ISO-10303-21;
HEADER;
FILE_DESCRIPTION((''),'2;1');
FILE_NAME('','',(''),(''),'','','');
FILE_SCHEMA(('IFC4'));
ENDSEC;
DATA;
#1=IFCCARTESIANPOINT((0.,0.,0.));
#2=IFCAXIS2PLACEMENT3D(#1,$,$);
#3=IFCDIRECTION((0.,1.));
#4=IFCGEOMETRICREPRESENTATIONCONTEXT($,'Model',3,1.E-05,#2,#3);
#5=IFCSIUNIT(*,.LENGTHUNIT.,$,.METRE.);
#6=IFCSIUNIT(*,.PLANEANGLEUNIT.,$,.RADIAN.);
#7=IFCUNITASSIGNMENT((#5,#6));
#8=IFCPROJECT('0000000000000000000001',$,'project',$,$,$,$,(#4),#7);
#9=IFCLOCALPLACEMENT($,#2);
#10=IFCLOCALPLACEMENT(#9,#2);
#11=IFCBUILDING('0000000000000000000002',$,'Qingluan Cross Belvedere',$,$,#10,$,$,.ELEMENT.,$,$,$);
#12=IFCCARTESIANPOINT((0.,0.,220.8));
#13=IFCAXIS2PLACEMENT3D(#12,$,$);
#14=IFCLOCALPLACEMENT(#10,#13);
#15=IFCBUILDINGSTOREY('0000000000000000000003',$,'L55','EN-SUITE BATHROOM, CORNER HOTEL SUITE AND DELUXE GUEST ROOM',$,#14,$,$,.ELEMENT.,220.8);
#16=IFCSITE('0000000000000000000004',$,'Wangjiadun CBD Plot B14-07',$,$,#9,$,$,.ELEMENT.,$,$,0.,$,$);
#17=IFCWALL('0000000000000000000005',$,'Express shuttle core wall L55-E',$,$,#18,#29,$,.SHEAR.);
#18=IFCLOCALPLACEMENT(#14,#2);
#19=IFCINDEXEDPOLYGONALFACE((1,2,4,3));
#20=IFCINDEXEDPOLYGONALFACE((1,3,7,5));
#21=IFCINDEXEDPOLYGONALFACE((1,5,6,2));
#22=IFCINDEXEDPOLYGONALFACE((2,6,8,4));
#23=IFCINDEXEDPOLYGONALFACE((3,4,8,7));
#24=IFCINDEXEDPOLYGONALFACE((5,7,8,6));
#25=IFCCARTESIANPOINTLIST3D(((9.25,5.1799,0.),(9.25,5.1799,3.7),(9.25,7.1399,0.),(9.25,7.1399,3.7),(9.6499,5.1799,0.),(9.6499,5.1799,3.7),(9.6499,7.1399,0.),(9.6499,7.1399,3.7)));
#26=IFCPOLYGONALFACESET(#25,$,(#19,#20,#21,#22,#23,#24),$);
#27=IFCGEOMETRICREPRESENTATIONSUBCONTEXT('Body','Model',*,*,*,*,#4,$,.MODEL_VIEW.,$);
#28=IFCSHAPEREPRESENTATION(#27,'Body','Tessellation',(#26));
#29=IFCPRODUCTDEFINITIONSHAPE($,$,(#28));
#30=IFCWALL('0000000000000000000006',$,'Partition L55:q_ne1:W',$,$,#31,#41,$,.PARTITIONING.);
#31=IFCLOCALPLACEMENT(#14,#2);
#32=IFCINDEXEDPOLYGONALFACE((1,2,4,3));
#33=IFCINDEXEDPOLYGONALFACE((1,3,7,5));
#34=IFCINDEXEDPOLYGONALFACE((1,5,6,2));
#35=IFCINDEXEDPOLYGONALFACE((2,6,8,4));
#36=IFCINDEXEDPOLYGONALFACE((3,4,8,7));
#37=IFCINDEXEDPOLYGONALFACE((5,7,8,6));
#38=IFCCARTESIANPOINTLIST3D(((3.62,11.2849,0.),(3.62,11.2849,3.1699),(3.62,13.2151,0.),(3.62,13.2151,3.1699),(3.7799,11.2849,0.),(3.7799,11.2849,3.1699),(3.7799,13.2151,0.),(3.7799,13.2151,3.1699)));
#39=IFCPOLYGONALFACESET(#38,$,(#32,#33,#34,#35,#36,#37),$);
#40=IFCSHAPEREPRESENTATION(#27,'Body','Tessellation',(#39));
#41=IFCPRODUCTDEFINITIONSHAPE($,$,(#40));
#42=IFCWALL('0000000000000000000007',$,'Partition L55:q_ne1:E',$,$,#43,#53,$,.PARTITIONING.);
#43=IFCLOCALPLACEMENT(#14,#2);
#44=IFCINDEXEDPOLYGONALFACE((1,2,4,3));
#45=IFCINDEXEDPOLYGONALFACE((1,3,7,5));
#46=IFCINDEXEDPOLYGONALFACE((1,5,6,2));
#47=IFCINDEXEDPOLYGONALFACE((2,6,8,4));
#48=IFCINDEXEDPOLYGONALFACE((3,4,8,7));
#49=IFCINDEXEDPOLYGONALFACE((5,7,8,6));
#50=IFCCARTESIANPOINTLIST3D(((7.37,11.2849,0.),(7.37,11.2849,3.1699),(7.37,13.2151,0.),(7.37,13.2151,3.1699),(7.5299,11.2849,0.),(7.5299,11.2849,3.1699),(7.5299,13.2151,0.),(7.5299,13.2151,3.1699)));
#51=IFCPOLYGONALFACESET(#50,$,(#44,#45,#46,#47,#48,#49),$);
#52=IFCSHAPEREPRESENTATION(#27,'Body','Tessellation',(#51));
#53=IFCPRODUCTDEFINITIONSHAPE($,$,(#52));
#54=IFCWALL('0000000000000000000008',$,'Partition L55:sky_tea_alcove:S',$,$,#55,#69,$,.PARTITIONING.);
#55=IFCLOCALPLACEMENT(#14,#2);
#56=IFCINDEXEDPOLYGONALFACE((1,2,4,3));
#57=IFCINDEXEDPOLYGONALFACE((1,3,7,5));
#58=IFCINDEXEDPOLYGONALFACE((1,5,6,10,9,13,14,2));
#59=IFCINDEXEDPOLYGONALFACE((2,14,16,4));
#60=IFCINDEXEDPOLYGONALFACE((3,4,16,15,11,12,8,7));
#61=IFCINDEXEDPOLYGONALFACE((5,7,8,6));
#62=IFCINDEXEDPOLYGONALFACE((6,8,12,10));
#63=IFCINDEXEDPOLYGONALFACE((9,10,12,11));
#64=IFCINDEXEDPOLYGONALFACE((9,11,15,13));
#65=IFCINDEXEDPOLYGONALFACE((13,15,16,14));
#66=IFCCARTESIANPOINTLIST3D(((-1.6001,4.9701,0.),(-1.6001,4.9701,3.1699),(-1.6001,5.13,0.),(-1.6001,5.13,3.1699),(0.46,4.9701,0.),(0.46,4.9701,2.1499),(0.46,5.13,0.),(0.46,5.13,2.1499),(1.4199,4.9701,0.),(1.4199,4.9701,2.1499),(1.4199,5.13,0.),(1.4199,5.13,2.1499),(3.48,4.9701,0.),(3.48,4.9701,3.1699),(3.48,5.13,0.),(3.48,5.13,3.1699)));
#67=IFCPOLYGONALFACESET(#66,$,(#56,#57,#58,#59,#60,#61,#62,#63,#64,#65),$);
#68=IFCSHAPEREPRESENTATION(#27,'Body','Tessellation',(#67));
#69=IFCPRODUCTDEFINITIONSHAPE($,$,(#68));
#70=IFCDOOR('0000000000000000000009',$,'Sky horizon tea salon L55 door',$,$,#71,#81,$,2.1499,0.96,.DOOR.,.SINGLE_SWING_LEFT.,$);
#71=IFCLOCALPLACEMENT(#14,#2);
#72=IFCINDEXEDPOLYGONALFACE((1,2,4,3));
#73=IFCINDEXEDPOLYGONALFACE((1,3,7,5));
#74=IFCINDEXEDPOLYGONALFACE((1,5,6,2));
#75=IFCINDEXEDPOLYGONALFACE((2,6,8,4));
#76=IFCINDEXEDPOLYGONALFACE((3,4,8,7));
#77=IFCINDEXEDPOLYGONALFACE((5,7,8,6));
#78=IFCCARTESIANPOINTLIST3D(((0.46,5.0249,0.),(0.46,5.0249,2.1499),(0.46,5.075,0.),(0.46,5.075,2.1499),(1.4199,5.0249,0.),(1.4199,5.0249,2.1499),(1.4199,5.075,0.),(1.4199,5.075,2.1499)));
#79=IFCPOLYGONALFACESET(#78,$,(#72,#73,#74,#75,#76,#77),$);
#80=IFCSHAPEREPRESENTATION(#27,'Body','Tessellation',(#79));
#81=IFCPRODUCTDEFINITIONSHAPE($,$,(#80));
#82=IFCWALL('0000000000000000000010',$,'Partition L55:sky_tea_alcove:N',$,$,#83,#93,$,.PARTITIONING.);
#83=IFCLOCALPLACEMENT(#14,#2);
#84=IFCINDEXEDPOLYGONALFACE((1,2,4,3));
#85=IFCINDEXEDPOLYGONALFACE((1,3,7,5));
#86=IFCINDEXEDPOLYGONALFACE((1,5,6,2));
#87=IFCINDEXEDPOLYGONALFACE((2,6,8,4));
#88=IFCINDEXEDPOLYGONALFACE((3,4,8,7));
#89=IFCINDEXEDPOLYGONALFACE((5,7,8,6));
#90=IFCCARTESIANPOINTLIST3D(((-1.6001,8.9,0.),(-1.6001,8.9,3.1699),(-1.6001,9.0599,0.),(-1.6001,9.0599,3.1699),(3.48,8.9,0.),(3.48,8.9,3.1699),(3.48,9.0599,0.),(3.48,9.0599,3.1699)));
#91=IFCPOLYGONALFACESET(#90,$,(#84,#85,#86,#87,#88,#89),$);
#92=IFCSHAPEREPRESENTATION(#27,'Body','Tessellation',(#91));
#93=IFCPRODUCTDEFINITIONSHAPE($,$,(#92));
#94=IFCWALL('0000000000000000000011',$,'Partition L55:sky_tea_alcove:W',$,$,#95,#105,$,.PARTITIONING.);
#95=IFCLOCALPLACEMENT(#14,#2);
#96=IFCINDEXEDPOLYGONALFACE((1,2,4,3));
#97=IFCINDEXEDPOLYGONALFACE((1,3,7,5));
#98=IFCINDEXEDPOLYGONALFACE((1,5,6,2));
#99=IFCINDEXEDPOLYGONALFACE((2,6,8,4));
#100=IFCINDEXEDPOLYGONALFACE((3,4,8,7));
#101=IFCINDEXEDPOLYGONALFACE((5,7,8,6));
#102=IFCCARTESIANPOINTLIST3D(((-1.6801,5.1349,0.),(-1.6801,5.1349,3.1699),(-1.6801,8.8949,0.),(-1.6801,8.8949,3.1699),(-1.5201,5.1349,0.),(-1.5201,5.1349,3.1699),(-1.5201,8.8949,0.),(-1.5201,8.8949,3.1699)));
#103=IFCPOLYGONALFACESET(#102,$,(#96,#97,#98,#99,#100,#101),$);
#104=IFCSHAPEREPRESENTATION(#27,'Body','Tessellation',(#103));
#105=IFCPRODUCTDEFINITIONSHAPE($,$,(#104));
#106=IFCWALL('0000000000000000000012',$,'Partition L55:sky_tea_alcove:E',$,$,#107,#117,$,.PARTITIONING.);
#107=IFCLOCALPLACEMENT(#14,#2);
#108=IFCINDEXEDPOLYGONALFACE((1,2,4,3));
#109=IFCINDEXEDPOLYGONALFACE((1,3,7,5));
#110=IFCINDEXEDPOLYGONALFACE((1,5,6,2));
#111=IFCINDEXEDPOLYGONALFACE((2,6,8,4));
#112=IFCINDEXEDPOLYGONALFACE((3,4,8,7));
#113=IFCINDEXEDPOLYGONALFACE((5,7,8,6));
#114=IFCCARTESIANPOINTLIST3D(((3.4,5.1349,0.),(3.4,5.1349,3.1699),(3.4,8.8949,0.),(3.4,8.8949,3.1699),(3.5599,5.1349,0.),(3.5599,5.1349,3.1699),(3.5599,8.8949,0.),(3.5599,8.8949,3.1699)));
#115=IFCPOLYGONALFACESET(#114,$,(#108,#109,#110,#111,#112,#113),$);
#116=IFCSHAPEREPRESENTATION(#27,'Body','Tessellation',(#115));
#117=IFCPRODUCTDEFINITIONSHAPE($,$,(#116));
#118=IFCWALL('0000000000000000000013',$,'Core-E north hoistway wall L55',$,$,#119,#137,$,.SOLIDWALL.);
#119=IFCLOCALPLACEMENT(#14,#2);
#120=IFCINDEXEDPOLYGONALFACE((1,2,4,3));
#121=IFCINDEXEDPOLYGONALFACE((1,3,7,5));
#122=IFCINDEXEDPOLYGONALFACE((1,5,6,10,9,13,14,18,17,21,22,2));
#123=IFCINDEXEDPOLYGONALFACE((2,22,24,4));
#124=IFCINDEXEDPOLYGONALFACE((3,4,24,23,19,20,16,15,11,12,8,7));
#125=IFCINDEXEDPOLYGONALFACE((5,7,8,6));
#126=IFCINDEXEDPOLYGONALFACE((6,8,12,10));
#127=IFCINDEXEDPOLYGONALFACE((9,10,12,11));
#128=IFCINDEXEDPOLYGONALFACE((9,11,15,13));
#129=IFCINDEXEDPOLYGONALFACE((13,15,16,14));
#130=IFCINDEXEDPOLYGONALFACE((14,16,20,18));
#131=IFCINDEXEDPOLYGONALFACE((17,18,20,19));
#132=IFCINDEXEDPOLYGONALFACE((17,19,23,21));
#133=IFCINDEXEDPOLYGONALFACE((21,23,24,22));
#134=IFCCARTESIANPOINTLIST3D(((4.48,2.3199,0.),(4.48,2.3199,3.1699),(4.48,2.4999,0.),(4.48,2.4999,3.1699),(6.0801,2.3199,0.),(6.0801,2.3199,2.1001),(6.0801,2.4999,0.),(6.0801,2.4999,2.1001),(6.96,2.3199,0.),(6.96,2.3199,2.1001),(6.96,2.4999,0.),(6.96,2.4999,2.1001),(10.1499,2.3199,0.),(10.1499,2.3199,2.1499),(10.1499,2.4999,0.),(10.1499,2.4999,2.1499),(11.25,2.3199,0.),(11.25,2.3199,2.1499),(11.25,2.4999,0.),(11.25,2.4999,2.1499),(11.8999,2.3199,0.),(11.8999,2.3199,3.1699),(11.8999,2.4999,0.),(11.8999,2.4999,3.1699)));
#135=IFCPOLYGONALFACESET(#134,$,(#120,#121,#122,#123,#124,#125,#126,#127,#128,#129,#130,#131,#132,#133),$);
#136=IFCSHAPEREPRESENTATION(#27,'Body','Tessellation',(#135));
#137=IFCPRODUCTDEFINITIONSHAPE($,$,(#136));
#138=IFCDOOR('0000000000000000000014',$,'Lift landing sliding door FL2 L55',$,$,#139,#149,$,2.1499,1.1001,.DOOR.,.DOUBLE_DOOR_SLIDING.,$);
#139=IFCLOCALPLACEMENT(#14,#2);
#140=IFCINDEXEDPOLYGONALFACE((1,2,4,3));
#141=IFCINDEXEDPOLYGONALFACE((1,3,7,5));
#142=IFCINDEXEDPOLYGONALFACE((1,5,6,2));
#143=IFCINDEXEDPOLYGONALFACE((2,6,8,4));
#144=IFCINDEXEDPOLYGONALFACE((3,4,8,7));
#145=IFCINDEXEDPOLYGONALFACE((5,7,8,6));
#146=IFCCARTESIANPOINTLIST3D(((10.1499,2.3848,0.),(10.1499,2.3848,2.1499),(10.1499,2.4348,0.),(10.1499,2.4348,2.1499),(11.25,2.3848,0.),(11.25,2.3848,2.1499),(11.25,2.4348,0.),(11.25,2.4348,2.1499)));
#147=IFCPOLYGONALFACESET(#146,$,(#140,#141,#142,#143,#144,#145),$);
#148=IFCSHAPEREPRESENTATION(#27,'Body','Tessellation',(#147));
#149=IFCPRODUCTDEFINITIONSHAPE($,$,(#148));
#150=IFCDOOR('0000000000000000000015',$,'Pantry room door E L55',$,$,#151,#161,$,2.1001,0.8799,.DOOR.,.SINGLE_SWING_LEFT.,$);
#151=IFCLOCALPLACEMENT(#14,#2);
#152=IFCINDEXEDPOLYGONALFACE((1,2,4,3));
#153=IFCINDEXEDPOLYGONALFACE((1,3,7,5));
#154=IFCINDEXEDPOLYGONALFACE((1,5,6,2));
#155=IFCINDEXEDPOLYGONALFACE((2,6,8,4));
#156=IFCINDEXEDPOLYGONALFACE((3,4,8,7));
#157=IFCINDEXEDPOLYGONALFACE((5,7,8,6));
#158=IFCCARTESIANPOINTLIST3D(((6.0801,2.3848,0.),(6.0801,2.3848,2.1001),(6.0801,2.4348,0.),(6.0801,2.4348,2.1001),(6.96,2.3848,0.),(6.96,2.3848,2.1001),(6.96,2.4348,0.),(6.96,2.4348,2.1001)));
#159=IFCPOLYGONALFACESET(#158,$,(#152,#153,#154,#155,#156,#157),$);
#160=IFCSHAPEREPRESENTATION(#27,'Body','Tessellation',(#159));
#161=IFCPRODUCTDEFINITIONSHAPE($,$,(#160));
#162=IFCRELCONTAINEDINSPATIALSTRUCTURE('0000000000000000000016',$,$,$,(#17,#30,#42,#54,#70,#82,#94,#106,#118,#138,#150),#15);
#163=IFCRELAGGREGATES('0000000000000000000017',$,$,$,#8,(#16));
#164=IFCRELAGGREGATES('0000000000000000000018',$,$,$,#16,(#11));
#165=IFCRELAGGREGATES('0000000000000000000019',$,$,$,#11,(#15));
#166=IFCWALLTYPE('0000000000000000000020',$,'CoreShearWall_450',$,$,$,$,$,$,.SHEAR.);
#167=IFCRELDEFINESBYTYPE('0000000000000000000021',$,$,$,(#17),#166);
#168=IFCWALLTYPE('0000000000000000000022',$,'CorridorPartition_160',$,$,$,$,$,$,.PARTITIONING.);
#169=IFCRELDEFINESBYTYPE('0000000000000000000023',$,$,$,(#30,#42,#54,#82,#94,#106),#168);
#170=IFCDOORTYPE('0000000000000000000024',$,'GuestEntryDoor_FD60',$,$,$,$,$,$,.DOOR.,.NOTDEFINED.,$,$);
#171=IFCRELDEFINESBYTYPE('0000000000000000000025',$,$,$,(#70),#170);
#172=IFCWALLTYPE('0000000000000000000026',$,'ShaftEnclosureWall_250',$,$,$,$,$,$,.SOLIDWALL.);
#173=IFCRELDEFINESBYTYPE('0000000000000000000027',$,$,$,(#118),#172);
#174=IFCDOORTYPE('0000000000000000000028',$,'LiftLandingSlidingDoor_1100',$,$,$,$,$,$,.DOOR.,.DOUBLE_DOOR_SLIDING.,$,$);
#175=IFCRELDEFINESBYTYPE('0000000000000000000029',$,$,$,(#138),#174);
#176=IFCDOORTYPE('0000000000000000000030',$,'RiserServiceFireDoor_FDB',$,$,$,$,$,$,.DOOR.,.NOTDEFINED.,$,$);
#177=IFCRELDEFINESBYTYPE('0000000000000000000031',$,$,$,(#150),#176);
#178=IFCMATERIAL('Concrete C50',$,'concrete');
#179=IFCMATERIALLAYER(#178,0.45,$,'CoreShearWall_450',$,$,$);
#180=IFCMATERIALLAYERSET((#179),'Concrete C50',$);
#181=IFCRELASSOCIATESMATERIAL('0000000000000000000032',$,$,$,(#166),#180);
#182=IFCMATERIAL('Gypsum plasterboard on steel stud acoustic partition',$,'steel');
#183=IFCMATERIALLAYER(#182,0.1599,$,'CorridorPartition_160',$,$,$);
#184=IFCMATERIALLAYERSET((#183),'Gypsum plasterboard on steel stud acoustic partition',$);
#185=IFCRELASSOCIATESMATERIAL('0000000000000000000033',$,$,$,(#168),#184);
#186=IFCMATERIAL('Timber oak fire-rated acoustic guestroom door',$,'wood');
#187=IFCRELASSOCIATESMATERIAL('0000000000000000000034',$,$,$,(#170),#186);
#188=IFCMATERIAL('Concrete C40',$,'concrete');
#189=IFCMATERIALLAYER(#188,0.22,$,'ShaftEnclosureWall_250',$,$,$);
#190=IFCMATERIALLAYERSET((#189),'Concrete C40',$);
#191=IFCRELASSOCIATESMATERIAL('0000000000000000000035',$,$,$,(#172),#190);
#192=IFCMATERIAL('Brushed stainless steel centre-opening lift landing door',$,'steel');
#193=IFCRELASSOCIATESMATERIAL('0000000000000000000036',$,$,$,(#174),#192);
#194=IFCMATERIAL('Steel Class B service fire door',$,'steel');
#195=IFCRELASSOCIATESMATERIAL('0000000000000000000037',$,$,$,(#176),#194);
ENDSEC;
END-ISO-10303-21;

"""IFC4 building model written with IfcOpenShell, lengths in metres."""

from ifc_helpers import new_model, si_unit, direction, frame, frame_2d, origin, place, context, subcontext, project, spatial, rectangle, extrude, material, layer, layer_set, type_object, element, fill, save


model = new_model("IFC4")

# Units and contexts
model_context = context("Model", 3, precision=1e-05, world=origin(), true_north=direction((0.0, 1.0)))
body_context = subcontext(model_context, "Body", "Model", "MODEL_VIEW")
ifc_project = project(units=[si_unit("LENGTHUNIT", "METRE"), si_unit("PLANEANGLEUNIT", "RADIAN")], contexts=[model_context])

# Site, building, storey
site_placement = place(None, origin())
site = spatial("IfcSite", under=ifc_project, at=site_placement, Name="Wangjiadun CBD Plot B14-07", CompositionType="ELEMENT", RefElevation=0.0)
building_placement = place(site_placement, origin())
building = spatial("IfcBuilding", under=site, at=building_placement, Name="Qingluan Cross Belvedere", CompositionType="ELEMENT")
storey_placement = place(building_placement, frame((0.0, 0.0, 220.8)))
storey = spatial("IfcBuildingStorey", under=building, at=storey_placement, Name="L55", Description="EN-SUITE BATHROOM, CORNER HOTEL SUITE AND DELUXE GUEST ROOM", CompositionType="ELEMENT", Elevation=220.8)

# Wall
ifc_material_1 = material(Name="Concrete C50", Category="concrete")
ifc_layer_1 = layer(ifc_material_1, 0.45, Name="CoreShearWall_450")
ifc_layer_set_1 = layer_set([ifc_layer_1], Name="Concrete C50")
wall_type_1 = type_object("IfcWallType", Name="CoreShearWall_450", PredefinedType="SHEAR", material=ifc_layer_set_1)
wall_1_placement = place(storey_placement, frame((9.45, 5.1799, 0.0), z_axis=(0.0, 0.0, 1.0), x_axis=(0.0, 1.0, 0.0)))
element("IfcWall", 1, at=wall_1_placement, inside=storey, type_object=wall_type_1, Name="Express shuttle core wall L55-E", PredefinedType="SHEAR", context=body_context, shape_type="SweptSolid", body=[
    extrude(rectangle(XDim=1.96, YDim=0.3999, at=frame_2d((0.98, 0.0))), origin(), (0.0, 0.0, 1.0), 3.7),
])

# Shared definitions
ifc_material_2 = material(Name="Gypsum plasterboard on steel stud acoustic partition", Category="steel")
ifc_layer_2 = layer(ifc_material_2, 0.1599, Name="CorridorPartition_160")
ifc_layer_set_2 = layer_set([ifc_layer_2], Name="Gypsum plasterboard on steel stud acoustic partition")
wall_type_2 = type_object("IfcWallType", Name="CorridorPartition_160", PredefinedType="PARTITIONING", material=ifc_layer_set_2)
ifc_material_3 = material(Name="Timber oak fire-rated acoustic guestroom door", Category="wood")
door_type_1 = type_object("IfcDoorType", Name="GuestEntryDoor_FD60", OperationType="NOTDEFINED", PredefinedType="DOOR", material=ifc_material_3)

# Walls
for number, where, z_axis, x_axis, name in (
    (2, (3.7, 11.2849, 0.0), (0.0, 0.0, 1.0), (0.0, 1.0, 0.0), "Partition L55:q_ne1:W"),
    (3, (7.45, 11.2849, 0.0), (0.0, 0.0, 1.0), (0.0, 1.0, 0.0), "Partition L55:q_ne1:E"),
):
    element("IfcWall", number, at=place(storey_placement, frame(where, z_axis=z_axis, x_axis=x_axis)), inside=storey, type_object=wall_type_2, Name=name, PredefinedType="PARTITIONING", context=body_context, shape_type="SweptSolid", body=[
        extrude(rectangle(XDim=1.9302, YDim=0.1599, at=frame_2d((0.9651, 0.0))), origin(), (0.0, 0.0, 1.0), 3.1699),
    ])

# Wall, opening, door
wall_2_placement = place(storey_placement, frame((-1.6001, 5.05, 0.0), z_axis=(0.0, 0.0, 1.0), x_axis=(1.0, 0.0, 0.0)))
wall_2 = element("IfcWall", 4, at=wall_2_placement, inside=storey, type_object=wall_type_2, Name="Partition L55:sky_tea_alcove:S", PredefinedType="PARTITIONING", context=body_context, shape_type="SweptSolid", body=[
    extrude(rectangle(XDim=5.0801, YDim=0.1599, at=frame_2d((2.54, 0.0))), origin(), (0.0, 0.0, 1.0), 3.1699),
])
opening_1_placement = place(wall_2_placement, frame((2.0601, 0.0, 0.0)))
opening_1 = element("IfcOpeningElement", 5, at=opening_1_placement, cuts=wall_2, PredefinedType="OPENING", context=body_context, shape_type="SweptSolid", body=[
    extrude(rectangle(XDim=0.96, YDim=2.1499, at=frame_2d((0.48, 1.075))), frame((0.0, 0.0898, 0.0), z_axis=(0.0, -1.0, 0.0), x_axis=(1.0, 0.0, 0.0)), (0.0, 0.0, 1.0), 0.1799),
])
door_1_placement = place(opening_1_placement, origin())
door_1 = element("IfcDoor", 6, at=door_1_placement, inside=storey, type_object=door_type_1, Name="Sky horizon tea salon L55 door", OperationType="SINGLE_SWING_LEFT", OverallHeight=2.1499, OverallWidth=0.96, PredefinedType="DOOR", context=body_context, shape_type="SweptSolid", body=[
    extrude(rectangle(XDim=0.96, YDim=2.1499, at=frame_2d((0.48, 1.075))), frame((0.0, 0.0249, 0.0), z_axis=(0.0, -1.0, 0.0), x_axis=(1.0, 0.0, 0.0)), (0.0, 0.0, 1.0), 0.05),
])
fill(opening_1, door_1)

# Walls
wall_3_placement = place(storey_placement, frame((-1.6001, 8.98, 0.0), z_axis=(0.0, 0.0, 1.0), x_axis=(1.0, 0.0, 0.0)))
element("IfcWall", 7, at=wall_3_placement, inside=storey, type_object=wall_type_2, Name="Partition L55:sky_tea_alcove:N", PredefinedType="PARTITIONING", context=body_context, shape_type="SweptSolid", body=[
    extrude(rectangle(XDim=5.0801, YDim=0.1599, at=frame_2d((2.54, 0.0))), origin(), (0.0, 0.0, 1.0), 3.1699),
])
for number, where, z_axis, x_axis, name in (
    (8, (-1.6001, 5.135, 0.0), (0.0, 0.0, 1.0), (0.0, 1.0, 0.0), "Partition L55:sky_tea_alcove:W"),
    (9, (3.48, 5.135, 0.0), (0.0, 0.0, 1.0), (0.0, 1.0, 0.0), "Partition L55:sky_tea_alcove:E"),
):
    element("IfcWall", number, at=place(storey_placement, frame(where, z_axis=z_axis, x_axis=x_axis)), inside=storey, type_object=wall_type_2, Name=name, PredefinedType="PARTITIONING", context=body_context, shape_type="SweptSolid", body=[
        extrude(rectangle(XDim=3.76, YDim=0.1599, at=frame_2d((1.8799, 0.0))), origin(), (0.0, 0.0, 1.0), 3.1699),
    ])

# Wall, openings, doors
ifc_material_4 = material(Name="Concrete C40", Category="concrete")
ifc_layer_3 = layer(ifc_material_4, 0.22, Name="ShaftEnclosureWall_250")
ifc_layer_set_3 = layer_set([ifc_layer_3], Name="Concrete C40")
wall_type_3 = type_object("IfcWallType", Name="ShaftEnclosureWall_250", PredefinedType="SOLIDWALL", material=ifc_layer_set_3)
wall_4_placement = place(storey_placement, frame((4.48, 2.4099, 0.0), z_axis=(0.0, 0.0, 1.0), x_axis=(1.0, 0.0, 0.0)))
wall_4 = element("IfcWall", 10, at=wall_4_placement, inside=storey, type_object=wall_type_3, Name="Core-E north hoistway wall L55", PredefinedType="SOLIDWALL", context=body_context, shape_type="SweptSolid", body=[
    extrude(rectangle(XDim=7.4199, YDim=0.1799, at=frame_2d((3.71, 0.0))), origin(), (0.0, 0.0, 1.0), 3.1699),
])
opening_2_placement = place(wall_4_placement, frame((5.6699, 0.0, 0.0)))
opening_2 = element("IfcOpeningElement", 11, at=opening_2_placement, cuts=wall_4, PredefinedType="OPENING", context=body_context, shape_type="SweptSolid", body=[
    extrude(rectangle(XDim=1.1001, YDim=2.1499, at=frame_2d((0.55, 1.075))), frame((0.0, 0.0999, 0.0), z_axis=(0.0, -1.0, 0.0), x_axis=(1.0, 0.0, 0.0)), (0.0, 0.0, 1.0), 0.2),
])
opening_3_placement = place(wall_4_placement, frame((1.6001, 0.0, 0.0)))
opening_3 = element("IfcOpeningElement", 12, at=opening_3_placement, cuts=wall_4, PredefinedType="OPENING", context=body_context, shape_type="SweptSolid", body=[
    extrude(rectangle(XDim=0.8799, YDim=2.1001, at=frame_2d((0.4399, 1.05))), frame((0.0, 0.0999, 0.0), z_axis=(0.0, -1.0, 0.0), x_axis=(1.0, 0.0, 0.0)), (0.0, 0.0, 1.0), 0.2),
])
ifc_material_5 = material(Name="Brushed stainless steel centre-opening lift landing door", Category="steel")
door_type_2 = type_object("IfcDoorType", Name="LiftLandingSlidingDoor_1100", OperationType="DOUBLE_DOOR_SLIDING", PredefinedType="DOOR", material=ifc_material_5)
door_2_placement = place(opening_2_placement, origin())
door_2 = element("IfcDoor", 13, at=door_2_placement, inside=storey, type_object=door_type_2, Name="Lift landing sliding door FL2 L55", OperationType="DOUBLE_DOOR_SLIDING", OverallHeight=2.1499, OverallWidth=1.1001, PredefinedType="DOOR", context=body_context, shape_type="SweptSolid", body=[
    extrude(rectangle(XDim=1.1001, YDim=2.1499, at=frame_2d((0.55, 1.075))), frame((0.0, 0.0249, 0.0), z_axis=(0.0, -1.0, 0.0), x_axis=(1.0, 0.0, 0.0)), (0.0, 0.0, 1.0), 0.05),
])
fill(opening_2, door_2)
ifc_material_6 = material(Name="Steel Class B service fire door", Category="steel")
door_type_3 = type_object("IfcDoorType", Name="RiserServiceFireDoor_FDB", OperationType="NOTDEFINED", PredefinedType="DOOR", material=ifc_material_6)
door_3_placement = place(opening_3_placement, origin())
door_3 = element("IfcDoor", 14, at=door_3_placement, inside=storey, type_object=door_type_3, Name="Pantry room door E L55", OperationType="SINGLE_SWING_LEFT", OverallHeight=2.1001, OverallWidth=0.8799, PredefinedType="DOOR", context=body_context, shape_type="SweptSolid", body=[
    extrude(rectangle(XDim=0.8799, YDim=2.1001, at=frame_2d((0.4399, 1.05))), frame((0.0, 0.0249, 0.0), z_axis=(0.0, -1.0, 0.0), x_axis=(1.0, 0.0, 0.0)), (0.0, 0.0, 1.0), 0.05),
])
fill(opening_3, door_3)

save(model, "model.ifc")
